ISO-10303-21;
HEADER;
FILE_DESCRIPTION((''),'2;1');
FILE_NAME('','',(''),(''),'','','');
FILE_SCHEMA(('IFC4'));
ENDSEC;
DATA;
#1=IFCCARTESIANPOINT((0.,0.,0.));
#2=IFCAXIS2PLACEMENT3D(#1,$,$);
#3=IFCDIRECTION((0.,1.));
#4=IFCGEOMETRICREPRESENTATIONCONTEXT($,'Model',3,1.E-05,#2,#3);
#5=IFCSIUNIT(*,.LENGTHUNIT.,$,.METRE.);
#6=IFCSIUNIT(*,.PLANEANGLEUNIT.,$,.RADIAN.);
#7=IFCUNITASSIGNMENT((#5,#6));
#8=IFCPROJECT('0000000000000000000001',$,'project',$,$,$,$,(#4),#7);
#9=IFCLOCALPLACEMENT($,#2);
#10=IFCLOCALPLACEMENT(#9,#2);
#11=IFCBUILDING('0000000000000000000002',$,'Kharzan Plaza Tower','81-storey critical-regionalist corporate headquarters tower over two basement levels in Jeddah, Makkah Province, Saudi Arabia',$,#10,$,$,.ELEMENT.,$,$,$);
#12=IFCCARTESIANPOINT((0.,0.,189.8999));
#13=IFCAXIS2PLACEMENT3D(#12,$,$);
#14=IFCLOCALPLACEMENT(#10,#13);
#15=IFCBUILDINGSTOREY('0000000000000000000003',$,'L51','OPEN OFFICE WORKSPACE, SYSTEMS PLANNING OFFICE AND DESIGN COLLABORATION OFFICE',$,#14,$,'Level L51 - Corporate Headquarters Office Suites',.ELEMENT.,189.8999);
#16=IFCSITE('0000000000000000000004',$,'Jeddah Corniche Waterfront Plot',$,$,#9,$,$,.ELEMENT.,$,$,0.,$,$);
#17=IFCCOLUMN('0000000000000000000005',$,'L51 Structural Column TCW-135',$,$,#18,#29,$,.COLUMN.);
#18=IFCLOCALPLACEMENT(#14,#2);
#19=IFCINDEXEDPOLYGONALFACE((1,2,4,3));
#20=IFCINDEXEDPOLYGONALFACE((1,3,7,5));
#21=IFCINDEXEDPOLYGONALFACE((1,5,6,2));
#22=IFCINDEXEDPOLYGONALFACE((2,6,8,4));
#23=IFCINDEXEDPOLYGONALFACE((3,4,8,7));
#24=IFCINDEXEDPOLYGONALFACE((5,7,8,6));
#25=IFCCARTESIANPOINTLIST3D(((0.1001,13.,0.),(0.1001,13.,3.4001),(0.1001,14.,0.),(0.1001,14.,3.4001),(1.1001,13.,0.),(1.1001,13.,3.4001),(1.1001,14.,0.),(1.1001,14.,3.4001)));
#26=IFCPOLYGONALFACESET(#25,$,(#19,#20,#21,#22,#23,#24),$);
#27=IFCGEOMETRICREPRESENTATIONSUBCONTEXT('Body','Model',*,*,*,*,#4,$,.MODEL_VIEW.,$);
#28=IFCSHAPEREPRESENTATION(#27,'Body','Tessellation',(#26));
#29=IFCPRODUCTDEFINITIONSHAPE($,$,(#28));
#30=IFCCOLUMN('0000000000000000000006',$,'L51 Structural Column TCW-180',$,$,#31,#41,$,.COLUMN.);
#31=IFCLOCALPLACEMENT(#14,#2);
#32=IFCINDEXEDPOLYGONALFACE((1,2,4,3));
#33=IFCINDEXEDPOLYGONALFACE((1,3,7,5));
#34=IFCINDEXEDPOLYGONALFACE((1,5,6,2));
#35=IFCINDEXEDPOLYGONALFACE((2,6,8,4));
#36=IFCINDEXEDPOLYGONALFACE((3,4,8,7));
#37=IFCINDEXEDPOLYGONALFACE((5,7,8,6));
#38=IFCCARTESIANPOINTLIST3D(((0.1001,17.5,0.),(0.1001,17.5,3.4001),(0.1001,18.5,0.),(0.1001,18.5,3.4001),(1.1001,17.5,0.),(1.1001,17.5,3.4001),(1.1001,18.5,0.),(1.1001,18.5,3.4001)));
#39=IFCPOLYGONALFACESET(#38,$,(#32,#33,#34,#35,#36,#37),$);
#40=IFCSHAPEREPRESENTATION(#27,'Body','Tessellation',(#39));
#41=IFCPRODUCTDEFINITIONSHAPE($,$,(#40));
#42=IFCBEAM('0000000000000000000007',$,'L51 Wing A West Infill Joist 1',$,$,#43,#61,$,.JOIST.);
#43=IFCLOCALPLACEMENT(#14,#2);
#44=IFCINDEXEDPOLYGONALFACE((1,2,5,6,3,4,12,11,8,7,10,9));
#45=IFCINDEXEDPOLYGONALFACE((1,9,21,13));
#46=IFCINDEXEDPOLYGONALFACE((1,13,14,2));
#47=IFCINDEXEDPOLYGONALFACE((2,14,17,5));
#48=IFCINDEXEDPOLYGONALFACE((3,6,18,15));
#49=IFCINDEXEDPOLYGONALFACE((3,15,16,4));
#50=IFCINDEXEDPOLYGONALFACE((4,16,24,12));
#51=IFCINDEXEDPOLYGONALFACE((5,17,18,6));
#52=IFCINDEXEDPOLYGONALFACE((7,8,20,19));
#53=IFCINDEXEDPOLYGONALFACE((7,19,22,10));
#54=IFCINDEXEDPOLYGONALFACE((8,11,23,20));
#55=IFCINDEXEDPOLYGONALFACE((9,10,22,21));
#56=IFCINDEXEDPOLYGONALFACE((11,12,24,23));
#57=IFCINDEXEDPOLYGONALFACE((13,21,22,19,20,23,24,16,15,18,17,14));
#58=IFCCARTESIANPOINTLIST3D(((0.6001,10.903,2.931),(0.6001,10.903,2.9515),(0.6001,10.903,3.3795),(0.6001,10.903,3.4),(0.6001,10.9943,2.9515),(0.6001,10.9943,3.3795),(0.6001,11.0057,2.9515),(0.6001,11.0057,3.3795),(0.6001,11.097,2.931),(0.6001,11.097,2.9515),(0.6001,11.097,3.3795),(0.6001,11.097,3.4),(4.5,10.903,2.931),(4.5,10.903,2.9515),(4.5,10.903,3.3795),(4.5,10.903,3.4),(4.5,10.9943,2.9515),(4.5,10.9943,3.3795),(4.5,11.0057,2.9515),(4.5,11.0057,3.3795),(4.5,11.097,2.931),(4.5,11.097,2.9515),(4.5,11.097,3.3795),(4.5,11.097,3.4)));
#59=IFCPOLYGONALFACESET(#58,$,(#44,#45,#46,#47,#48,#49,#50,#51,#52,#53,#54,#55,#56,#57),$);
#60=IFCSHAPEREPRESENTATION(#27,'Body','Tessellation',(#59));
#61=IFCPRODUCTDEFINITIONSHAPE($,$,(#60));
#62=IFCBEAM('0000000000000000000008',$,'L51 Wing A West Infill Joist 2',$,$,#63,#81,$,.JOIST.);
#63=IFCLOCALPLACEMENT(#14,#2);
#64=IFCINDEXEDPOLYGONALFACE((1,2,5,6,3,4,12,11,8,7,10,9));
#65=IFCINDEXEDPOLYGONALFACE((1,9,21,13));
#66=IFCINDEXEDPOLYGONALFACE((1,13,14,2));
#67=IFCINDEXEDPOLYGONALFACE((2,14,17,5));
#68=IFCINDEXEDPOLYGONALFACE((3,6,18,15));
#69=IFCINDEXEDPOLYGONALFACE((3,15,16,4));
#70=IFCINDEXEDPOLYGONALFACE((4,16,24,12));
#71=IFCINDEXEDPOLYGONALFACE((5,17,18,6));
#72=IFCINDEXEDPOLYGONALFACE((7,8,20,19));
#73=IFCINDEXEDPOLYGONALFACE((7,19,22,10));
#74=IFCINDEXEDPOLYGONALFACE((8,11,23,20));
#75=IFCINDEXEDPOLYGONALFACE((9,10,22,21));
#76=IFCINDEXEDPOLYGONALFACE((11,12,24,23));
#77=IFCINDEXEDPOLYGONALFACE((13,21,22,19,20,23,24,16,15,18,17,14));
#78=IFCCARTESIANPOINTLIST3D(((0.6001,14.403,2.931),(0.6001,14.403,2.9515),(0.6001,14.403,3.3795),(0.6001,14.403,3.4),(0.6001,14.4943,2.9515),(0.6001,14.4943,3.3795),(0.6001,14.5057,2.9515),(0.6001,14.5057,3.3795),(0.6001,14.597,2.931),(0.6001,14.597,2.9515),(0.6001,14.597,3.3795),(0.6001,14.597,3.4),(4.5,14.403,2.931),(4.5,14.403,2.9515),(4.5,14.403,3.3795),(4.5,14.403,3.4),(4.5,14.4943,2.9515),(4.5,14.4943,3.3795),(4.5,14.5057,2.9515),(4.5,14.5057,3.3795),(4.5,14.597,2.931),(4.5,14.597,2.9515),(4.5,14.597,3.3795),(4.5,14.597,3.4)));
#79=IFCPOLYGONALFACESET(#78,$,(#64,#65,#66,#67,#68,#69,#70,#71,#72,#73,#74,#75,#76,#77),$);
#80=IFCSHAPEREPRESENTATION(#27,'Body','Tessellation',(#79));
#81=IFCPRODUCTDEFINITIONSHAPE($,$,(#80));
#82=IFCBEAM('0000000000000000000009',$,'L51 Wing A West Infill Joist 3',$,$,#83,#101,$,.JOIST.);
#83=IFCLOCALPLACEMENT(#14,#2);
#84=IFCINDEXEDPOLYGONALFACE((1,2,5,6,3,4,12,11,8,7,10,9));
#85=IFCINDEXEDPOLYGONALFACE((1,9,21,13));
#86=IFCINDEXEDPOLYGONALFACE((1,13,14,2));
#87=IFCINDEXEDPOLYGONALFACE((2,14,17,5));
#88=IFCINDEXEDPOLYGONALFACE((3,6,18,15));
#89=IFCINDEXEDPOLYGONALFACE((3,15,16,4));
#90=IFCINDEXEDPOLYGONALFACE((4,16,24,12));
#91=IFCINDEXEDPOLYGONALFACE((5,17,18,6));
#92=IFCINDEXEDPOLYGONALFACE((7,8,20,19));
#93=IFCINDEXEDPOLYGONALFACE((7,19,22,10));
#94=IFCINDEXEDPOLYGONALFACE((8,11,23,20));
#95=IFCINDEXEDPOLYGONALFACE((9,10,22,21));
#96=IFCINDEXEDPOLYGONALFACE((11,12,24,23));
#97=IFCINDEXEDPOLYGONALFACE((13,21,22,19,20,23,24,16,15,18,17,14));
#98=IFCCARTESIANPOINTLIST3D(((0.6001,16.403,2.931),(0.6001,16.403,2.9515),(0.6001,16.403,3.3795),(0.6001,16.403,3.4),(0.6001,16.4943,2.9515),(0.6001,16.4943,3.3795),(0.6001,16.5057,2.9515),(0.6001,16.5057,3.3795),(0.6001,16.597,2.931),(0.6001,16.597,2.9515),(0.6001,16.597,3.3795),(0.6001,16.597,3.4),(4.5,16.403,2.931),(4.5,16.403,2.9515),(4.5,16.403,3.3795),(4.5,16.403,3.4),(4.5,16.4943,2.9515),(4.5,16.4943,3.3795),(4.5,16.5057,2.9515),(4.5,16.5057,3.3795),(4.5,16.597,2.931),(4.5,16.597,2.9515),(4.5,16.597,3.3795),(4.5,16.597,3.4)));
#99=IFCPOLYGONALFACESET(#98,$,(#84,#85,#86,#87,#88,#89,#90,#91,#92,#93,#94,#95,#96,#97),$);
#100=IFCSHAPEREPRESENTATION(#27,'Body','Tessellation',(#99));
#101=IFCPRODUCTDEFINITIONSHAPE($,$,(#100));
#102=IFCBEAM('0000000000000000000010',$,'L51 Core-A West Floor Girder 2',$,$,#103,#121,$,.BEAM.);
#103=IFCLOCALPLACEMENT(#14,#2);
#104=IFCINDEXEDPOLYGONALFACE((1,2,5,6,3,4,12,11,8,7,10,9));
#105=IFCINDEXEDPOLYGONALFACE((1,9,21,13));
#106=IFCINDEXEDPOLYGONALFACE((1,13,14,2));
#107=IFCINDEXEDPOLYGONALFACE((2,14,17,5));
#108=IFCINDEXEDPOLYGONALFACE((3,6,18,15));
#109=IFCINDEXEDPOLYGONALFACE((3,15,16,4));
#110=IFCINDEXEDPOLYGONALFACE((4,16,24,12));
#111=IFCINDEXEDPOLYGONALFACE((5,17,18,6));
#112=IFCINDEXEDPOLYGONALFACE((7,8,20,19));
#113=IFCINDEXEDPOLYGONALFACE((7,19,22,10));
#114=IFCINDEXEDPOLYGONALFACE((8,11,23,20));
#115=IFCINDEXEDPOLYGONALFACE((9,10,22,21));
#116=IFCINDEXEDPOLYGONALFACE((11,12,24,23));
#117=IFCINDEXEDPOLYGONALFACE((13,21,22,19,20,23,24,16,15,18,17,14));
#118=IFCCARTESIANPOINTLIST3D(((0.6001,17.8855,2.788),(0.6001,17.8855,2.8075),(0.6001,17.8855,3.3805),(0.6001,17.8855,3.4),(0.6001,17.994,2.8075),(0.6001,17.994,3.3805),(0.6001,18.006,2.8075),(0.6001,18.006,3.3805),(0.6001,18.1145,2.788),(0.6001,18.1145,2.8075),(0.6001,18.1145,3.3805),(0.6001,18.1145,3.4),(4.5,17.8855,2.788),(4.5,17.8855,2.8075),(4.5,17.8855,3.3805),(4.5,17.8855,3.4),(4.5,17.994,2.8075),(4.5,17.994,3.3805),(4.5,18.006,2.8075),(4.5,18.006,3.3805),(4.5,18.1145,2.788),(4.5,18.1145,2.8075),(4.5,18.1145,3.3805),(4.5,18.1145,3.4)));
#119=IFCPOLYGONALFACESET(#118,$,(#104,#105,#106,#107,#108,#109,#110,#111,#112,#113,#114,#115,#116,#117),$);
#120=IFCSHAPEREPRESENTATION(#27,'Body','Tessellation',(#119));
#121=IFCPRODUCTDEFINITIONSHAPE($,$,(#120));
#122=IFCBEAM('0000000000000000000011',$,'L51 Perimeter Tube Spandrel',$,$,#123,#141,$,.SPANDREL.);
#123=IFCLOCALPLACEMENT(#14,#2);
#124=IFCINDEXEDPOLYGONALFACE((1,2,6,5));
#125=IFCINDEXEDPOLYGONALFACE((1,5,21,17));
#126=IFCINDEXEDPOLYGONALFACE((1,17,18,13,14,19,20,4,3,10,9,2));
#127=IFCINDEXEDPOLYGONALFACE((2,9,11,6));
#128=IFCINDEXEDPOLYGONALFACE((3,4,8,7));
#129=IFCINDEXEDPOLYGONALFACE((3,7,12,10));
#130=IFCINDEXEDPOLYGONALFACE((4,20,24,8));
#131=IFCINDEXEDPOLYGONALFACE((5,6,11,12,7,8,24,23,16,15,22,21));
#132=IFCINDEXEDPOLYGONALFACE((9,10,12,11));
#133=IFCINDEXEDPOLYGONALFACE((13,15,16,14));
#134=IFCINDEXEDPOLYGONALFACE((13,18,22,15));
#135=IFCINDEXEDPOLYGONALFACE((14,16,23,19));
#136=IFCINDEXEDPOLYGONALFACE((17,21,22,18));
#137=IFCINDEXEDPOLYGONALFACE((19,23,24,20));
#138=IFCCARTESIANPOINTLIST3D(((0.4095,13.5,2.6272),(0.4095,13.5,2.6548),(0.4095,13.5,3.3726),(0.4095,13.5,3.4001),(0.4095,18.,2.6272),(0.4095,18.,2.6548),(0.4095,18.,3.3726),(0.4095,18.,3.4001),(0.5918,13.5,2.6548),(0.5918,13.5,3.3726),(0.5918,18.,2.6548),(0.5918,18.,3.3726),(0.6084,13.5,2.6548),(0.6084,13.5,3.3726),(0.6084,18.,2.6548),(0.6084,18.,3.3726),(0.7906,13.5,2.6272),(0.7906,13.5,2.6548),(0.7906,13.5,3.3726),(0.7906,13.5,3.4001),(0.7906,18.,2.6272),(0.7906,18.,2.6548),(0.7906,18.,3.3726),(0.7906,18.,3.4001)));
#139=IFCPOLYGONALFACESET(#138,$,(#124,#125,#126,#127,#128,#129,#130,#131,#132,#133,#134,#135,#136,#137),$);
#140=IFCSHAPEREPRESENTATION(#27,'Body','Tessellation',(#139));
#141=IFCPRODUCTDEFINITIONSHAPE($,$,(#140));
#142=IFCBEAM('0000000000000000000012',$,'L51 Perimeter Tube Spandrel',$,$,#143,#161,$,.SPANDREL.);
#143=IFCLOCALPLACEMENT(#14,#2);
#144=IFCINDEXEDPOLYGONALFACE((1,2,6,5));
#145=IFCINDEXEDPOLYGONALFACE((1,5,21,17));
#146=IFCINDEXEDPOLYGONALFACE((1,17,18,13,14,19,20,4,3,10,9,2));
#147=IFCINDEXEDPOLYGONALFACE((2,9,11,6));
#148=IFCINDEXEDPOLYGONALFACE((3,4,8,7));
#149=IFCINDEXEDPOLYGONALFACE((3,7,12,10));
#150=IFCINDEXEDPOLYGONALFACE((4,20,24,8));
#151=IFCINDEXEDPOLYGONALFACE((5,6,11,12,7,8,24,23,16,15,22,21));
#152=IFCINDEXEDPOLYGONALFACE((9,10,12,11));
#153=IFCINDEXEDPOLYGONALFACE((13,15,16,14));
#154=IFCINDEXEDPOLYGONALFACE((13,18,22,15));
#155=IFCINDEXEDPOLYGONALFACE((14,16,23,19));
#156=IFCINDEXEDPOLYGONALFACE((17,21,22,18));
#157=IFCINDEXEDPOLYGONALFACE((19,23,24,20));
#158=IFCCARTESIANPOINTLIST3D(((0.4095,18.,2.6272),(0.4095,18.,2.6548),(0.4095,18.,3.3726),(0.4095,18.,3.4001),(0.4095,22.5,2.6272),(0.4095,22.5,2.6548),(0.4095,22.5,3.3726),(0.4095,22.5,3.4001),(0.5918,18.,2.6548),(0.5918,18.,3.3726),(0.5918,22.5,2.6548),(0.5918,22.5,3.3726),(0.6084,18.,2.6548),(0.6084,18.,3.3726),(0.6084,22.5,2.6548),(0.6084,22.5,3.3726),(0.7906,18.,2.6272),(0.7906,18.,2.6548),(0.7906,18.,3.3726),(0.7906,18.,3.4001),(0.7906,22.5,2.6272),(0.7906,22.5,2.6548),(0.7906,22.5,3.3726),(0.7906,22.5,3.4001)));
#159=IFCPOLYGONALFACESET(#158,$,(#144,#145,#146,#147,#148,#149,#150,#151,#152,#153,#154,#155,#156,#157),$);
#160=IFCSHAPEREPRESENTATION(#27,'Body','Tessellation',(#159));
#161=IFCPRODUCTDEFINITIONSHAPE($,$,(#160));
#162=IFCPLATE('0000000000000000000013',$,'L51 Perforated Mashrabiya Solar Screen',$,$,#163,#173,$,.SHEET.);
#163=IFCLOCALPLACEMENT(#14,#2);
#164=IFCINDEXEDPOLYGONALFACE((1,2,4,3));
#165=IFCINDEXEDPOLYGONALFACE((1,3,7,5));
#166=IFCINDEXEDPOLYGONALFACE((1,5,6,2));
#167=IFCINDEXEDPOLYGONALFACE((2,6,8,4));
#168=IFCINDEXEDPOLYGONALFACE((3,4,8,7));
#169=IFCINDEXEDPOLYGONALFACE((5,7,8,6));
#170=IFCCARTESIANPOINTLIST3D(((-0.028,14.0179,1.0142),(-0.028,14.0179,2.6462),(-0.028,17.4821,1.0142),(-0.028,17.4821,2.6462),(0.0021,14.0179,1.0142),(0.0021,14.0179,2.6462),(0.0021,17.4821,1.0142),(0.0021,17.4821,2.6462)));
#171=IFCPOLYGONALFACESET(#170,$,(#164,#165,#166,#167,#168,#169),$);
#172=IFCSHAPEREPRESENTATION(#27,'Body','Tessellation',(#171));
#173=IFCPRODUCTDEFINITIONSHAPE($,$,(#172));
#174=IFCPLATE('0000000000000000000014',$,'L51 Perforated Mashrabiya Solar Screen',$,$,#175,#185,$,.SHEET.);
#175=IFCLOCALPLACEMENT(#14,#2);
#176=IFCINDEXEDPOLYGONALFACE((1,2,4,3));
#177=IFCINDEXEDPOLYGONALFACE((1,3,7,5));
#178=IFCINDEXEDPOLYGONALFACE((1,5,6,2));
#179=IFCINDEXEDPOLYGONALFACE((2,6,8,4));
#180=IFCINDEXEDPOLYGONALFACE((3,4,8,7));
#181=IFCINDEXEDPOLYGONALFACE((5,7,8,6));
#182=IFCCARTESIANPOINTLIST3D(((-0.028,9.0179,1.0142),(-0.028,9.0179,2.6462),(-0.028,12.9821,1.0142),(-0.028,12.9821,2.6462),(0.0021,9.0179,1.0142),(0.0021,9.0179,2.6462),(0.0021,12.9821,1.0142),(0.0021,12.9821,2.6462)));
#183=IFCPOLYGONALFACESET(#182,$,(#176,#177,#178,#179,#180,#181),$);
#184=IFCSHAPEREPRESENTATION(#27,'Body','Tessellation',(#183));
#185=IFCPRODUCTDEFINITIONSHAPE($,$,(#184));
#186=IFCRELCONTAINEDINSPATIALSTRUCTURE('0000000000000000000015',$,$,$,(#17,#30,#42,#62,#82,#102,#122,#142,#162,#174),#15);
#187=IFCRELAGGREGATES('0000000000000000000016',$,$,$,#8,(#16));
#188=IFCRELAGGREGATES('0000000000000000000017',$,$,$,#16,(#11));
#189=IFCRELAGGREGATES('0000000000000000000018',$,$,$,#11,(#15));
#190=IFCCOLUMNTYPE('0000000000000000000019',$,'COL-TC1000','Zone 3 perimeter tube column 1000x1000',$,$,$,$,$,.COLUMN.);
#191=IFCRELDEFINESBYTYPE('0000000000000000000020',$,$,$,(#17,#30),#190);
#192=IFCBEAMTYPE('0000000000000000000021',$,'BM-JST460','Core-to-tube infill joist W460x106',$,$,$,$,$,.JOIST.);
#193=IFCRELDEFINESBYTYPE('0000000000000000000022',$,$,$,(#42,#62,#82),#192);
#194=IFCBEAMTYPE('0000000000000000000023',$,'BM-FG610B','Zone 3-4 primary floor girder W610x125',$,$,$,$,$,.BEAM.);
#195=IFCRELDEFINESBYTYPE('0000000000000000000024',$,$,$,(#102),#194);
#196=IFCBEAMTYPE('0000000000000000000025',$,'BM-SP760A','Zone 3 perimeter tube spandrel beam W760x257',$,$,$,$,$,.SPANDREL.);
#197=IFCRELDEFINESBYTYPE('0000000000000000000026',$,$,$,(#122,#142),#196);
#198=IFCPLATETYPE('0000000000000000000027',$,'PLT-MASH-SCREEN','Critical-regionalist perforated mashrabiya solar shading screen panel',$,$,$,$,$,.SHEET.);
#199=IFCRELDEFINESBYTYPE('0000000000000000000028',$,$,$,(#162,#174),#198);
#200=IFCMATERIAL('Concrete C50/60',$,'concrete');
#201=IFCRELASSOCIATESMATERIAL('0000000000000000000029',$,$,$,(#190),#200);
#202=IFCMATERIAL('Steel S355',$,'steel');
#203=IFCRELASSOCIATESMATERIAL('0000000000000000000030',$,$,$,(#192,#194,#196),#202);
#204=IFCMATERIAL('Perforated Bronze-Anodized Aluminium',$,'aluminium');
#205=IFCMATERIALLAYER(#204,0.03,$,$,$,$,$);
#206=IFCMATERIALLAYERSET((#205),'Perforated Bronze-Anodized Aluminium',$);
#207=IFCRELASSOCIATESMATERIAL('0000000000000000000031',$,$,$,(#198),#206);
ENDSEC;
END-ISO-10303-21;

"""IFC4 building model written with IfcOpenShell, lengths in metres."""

from ifc_helpers import new_model, si_unit, direction, frame, origin, origin_2d, place, context, subcontext, project, spatial, rectangle, i_section, extrude, source, transform, mapped, material, layer, layer_set, material_profile, profile_set, type_object, element, save


model = new_model("IFC4")

# Units and contexts
model_context = context("Model", 3, precision=1e-05, world=origin(), true_north=direction((0.0, 1.0)))
body_context = subcontext(model_context, "Body", "Model", "MODEL_VIEW")
ifc_project = project(units=[si_unit("LENGTHUNIT", "METRE"), si_unit("PLANEANGLEUNIT", "RADIAN")], contexts=[model_context])

# Site, building, storey
site_placement = place(None, origin())
site = spatial("IfcSite", under=ifc_project, at=site_placement, Name="Jeddah Corniche Waterfront Plot", CompositionType="ELEMENT", RefElevation=0.0)
building_placement = place(site_placement, origin())
building = spatial("IfcBuilding", under=site, at=building_placement, Name="Kharzan Plaza Tower", Description="81-storey critical-regionalist corporate headquarters tower over two basement levels in Jeddah, Makkah Province, Saudi Arabia", CompositionType="ELEMENT")
storey_placement = place(building_placement, frame((0.0, 0.0, 189.8999)))
storey = spatial("IfcBuildingStorey", under=building, at=storey_placement, Name="L51", Description="OPEN OFFICE WORKSPACE, SYSTEMS PLANNING OFFICE AND DESIGN COLLABORATION OFFICE", LongName="Level L51 - Corporate Headquarters Office Suites", CompositionType="ELEMENT", Elevation=189.8999)

# Columns
ifc_material_1 = material(Name="Concrete C50/60", Category="concrete")
ifc_material_profile_1 = material_profile(ifc_material_1, rectangle(XDim=1.0, YDim=1.0, at=origin_2d()), Name="RC-TC1000x1000")
ifc_profile_set_1 = profile_set([ifc_material_profile_1], Name="Concrete C50/60")
column_type = type_object("IfcColumnType", Name="COL-TC1000", Description="Zone 3 perimeter tube column 1000x1000", PredefinedType="COLUMN", material=ifc_profile_set_1)
shared_shape_1 = source(origin(), body_context, "Body", "SweptSolid", [
    extrude(rectangle(XDim=1.0, YDim=1.0, at=origin_2d()), origin(), (0.0, 0.0, 1.0), 3.4001),
])
for number, where, z_axis, x_axis, name in (
    (1, (0.6001, 13.5, 0.0), (0.0, 0.0, 1.0), (1.0, 0.0, 0.0), "L51 Structural Column TCW-135"),
    (2, (0.6001, 18.0, 0.0), (0.0, 0.0, 1.0), (1.0, 0.0, 0.0), "L51 Structural Column TCW-180"),
):
    element("IfcColumn", number, at=place(storey_placement, frame(where, z_axis=z_axis, x_axis=x_axis)), inside=storey, type_object=column_type, Name=name, PredefinedType="COLUMN", context=body_context, shape_type="MappedRepresentation", body=[
        mapped(shared_shape_1, transform((0.0, 0.0, 0.0), x_axis=(1.0, 0.0, 0.0), y_axis=(0.0, 1.0, 0.0), z_axis=(0.0, 0.0, 1.0))),
    ])

# Beams
ifc_material_2 = material(Name="Steel S355", Category="steel")
ifc_material_profile_2 = material_profile(ifc_material_2, i_section(OverallWidth=0.1941, OverallDepth=0.469, WebThickness=0.0115, FlangeThickness=0.0205, at=origin_2d()), Name="W460x106")
ifc_profile_set_2 = profile_set([ifc_material_profile_2], Name="Steel S355")
beam_type_1 = type_object("IfcBeamType", Name="BM-JST460", Description="Core-to-tube infill joist W460x106", PredefinedType="JOIST", material=ifc_profile_set_2)
shared_shape_2 = source(origin(), body_context, "Body", "SweptSolid", [
    extrude(i_section(OverallWidth=0.1941, OverallDepth=0.469, WebThickness=0.0115, FlangeThickness=0.0205, at=origin_2d()), origin(), (0.0, 0.0, 1.0), 3.8999),
])
for number, where, z_axis, x_axis, name in (
    (3, (0.6001, 11.0, 3.1655), (1.0, 0.0, 0.0), (0.0, 1.0, 0.0), "L51 Wing A West Infill Joist 1"),
    (4, (0.6001, 14.5, 3.1655), (1.0, 0.0, 0.0), (0.0, 1.0, 0.0), "L51 Wing A West Infill Joist 2"),
    (5, (0.6001, 16.5, 3.1655), (1.0, 0.0, 0.0), (0.0, 1.0, 0.0), "L51 Wing A West Infill Joist 3"),
):
    element("IfcBeam", number, at=place(storey_placement, frame(where, z_axis=z_axis, x_axis=x_axis)), inside=storey, type_object=beam_type_1, Name=name, PredefinedType="JOIST", context=body_context, shape_type="MappedRepresentation", body=[
        mapped(shared_shape_2, transform((0.0, 0.0, 0.0), x_axis=(1.0, 0.0, 0.0), y_axis=(0.0, 1.0, 0.0), z_axis=(0.0, 0.0, 1.0))),
    ])
ifc_material_profile_3 = material_profile(ifc_material_2, i_section(OverallWidth=0.229, OverallDepth=0.6121, WebThickness=0.012, FlangeThickness=0.0195, at=origin_2d()), Name="W610x125")
ifc_profile_set_3 = profile_set([ifc_material_profile_3], Name="Steel S355")
beam_type_2 = type_object("IfcBeamType", Name="BM-FG610B", Description="Zone 3-4 primary floor girder W610x125", PredefinedType="BEAM", material=ifc_profile_set_3)
shared_shape_3 = source(origin(), body_context, "Body", "SweptSolid", [
    extrude(i_section(OverallWidth=0.229, OverallDepth=0.6121, WebThickness=0.012, FlangeThickness=0.0195, at=origin_2d()), origin(), (0.0, 0.0, 1.0), 3.8999),
])
beam_placement = place(storey_placement, frame((0.6001, 18.0, 3.094), z_axis=(1.0, 0.0, 0.0), x_axis=(0.0, 1.0, 0.0)))
element("IfcBeam", 6, at=beam_placement, inside=storey, type_object=beam_type_2, Name="L51 Core-A West Floor Girder 2", PredefinedType="BEAM", context=body_context, shape_type="MappedRepresentation", body=[
    mapped(shared_shape_3, transform((0.0, 0.0, 0.0), x_axis=(1.0, 0.0, 0.0), y_axis=(0.0, 1.0, 0.0), z_axis=(0.0, 0.0, 1.0))),
])
ifc_material_profile_4 = material_profile(ifc_material_2, i_section(OverallWidth=0.3811, OverallDepth=0.7729, WebThickness=0.0166, FlangeThickness=0.0276, at=origin_2d()), Name="W760x257")
ifc_profile_set_4 = profile_set([ifc_material_profile_4], Name="Steel S355")
beam_type_3 = type_object("IfcBeamType", Name="BM-SP760A", Description="Zone 3 perimeter tube spandrel beam W760x257", PredefinedType="SPANDREL", material=ifc_profile_set_4)
shared_shape_4 = source(origin(), body_context, "Body", "SweptSolid", [
    extrude(i_section(OverallWidth=0.3811, OverallDepth=0.7729, WebThickness=0.0166, FlangeThickness=0.0276, at=origin_2d()), origin(), (0.0, 0.0, 1.0), 4.5),
])
for number, where, z_axis, x_axis, name in (
    (7, (0.6001, 13.5, 3.0137), (0.0, 1.0, 0.0), (-1.0, 0.0, 0.0), "L51 Perimeter Tube Spandrel"),
    (8, (0.6001, 18.0, 3.0137), (0.0, 1.0, 0.0), (-1.0, 0.0, 0.0), "L51 Perimeter Tube Spandrel"),
):
    element("IfcBeam", number, at=place(storey_placement, frame(where, z_axis=z_axis, x_axis=x_axis)), inside=storey, type_object=beam_type_3, Name=name, PredefinedType="SPANDREL", context=body_context, shape_type="MappedRepresentation", body=[
        mapped(shared_shape_4, transform((0.0, 0.0, 0.0), x_axis=(1.0, 0.0, 0.0), y_axis=(0.0, 1.0, 0.0), z_axis=(0.0, 0.0, 1.0))),
    ])

# Plates
ifc_material_3 = material(Name="Perforated Bronze-Anodized Aluminium", Category="aluminium")
ifc_layer_1 = layer(ifc_material_3, 0.03)
ifc_layer_set_1 = layer_set([ifc_layer_1], Name="Perforated Bronze-Anodized Aluminium")
plate_type = type_object("IfcPlateType", Name="PLT-MASH-SCREEN", Description="Critical-regionalist perforated mashrabiya solar shading screen panel", PredefinedType="SHEET", material=ifc_layer_set_1)
shared_shape_5 = source(origin(), body_context, "Body", "SweptSolid", [
    extrude(rectangle(XDim=3.4641, YDim=0.03, at=origin_2d()), origin(), (0.0, 0.0, 1.0), 1.6321),
])
plate_1_placement = place(storey_placement, frame((-0.0129, 15.75, 1.0142), z_axis=(0.0, 0.0, 1.0), x_axis=(0.0, -1.0, 0.0)))
element("IfcPlate", 9, at=plate_1_placement, inside=storey, type_object=plate_type, Name="L51 Perforated Mashrabiya Solar Screen", PredefinedType="SHEET", context=body_context, shape_type="MappedRepresentation", body=[
    mapped(shared_shape_5, transform((0.0, 0.0, 0.0), x_axis=(1.0, 0.0, 0.0), y_axis=(0.0, 1.0, 0.0), z_axis=(0.0, 0.0, 1.0))),
])
shared_shape_6 = source(origin(), body_context, "Body", "SweptSolid", [
    extrude(rectangle(XDim=3.9641, YDim=0.03, at=origin_2d()), origin(), (0.0, 0.0, 1.0), 1.6321),
])
plate_2_placement = place(storey_placement, frame((-0.0129, 11.0, 1.0142), z_axis=(0.0, 0.0, 1.0), x_axis=(0.0, -1.0, 0.0)))
element("IfcPlate", 10, at=plate_2_placement, inside=storey, type_object=plate_type, Name="L51 Perforated Mashrabiya Solar Screen", PredefinedType="SHEET", context=body_context, shape_type="MappedRepresentation", body=[
    mapped(shared_shape_6, transform((0.0, 0.0, 0.0), x_axis=(1.0, 0.0, 0.0), y_axis=(0.0, 1.0, 0.0), z_axis=(0.0, 0.0, 1.0))),
])

save(model, "model.ifc")
